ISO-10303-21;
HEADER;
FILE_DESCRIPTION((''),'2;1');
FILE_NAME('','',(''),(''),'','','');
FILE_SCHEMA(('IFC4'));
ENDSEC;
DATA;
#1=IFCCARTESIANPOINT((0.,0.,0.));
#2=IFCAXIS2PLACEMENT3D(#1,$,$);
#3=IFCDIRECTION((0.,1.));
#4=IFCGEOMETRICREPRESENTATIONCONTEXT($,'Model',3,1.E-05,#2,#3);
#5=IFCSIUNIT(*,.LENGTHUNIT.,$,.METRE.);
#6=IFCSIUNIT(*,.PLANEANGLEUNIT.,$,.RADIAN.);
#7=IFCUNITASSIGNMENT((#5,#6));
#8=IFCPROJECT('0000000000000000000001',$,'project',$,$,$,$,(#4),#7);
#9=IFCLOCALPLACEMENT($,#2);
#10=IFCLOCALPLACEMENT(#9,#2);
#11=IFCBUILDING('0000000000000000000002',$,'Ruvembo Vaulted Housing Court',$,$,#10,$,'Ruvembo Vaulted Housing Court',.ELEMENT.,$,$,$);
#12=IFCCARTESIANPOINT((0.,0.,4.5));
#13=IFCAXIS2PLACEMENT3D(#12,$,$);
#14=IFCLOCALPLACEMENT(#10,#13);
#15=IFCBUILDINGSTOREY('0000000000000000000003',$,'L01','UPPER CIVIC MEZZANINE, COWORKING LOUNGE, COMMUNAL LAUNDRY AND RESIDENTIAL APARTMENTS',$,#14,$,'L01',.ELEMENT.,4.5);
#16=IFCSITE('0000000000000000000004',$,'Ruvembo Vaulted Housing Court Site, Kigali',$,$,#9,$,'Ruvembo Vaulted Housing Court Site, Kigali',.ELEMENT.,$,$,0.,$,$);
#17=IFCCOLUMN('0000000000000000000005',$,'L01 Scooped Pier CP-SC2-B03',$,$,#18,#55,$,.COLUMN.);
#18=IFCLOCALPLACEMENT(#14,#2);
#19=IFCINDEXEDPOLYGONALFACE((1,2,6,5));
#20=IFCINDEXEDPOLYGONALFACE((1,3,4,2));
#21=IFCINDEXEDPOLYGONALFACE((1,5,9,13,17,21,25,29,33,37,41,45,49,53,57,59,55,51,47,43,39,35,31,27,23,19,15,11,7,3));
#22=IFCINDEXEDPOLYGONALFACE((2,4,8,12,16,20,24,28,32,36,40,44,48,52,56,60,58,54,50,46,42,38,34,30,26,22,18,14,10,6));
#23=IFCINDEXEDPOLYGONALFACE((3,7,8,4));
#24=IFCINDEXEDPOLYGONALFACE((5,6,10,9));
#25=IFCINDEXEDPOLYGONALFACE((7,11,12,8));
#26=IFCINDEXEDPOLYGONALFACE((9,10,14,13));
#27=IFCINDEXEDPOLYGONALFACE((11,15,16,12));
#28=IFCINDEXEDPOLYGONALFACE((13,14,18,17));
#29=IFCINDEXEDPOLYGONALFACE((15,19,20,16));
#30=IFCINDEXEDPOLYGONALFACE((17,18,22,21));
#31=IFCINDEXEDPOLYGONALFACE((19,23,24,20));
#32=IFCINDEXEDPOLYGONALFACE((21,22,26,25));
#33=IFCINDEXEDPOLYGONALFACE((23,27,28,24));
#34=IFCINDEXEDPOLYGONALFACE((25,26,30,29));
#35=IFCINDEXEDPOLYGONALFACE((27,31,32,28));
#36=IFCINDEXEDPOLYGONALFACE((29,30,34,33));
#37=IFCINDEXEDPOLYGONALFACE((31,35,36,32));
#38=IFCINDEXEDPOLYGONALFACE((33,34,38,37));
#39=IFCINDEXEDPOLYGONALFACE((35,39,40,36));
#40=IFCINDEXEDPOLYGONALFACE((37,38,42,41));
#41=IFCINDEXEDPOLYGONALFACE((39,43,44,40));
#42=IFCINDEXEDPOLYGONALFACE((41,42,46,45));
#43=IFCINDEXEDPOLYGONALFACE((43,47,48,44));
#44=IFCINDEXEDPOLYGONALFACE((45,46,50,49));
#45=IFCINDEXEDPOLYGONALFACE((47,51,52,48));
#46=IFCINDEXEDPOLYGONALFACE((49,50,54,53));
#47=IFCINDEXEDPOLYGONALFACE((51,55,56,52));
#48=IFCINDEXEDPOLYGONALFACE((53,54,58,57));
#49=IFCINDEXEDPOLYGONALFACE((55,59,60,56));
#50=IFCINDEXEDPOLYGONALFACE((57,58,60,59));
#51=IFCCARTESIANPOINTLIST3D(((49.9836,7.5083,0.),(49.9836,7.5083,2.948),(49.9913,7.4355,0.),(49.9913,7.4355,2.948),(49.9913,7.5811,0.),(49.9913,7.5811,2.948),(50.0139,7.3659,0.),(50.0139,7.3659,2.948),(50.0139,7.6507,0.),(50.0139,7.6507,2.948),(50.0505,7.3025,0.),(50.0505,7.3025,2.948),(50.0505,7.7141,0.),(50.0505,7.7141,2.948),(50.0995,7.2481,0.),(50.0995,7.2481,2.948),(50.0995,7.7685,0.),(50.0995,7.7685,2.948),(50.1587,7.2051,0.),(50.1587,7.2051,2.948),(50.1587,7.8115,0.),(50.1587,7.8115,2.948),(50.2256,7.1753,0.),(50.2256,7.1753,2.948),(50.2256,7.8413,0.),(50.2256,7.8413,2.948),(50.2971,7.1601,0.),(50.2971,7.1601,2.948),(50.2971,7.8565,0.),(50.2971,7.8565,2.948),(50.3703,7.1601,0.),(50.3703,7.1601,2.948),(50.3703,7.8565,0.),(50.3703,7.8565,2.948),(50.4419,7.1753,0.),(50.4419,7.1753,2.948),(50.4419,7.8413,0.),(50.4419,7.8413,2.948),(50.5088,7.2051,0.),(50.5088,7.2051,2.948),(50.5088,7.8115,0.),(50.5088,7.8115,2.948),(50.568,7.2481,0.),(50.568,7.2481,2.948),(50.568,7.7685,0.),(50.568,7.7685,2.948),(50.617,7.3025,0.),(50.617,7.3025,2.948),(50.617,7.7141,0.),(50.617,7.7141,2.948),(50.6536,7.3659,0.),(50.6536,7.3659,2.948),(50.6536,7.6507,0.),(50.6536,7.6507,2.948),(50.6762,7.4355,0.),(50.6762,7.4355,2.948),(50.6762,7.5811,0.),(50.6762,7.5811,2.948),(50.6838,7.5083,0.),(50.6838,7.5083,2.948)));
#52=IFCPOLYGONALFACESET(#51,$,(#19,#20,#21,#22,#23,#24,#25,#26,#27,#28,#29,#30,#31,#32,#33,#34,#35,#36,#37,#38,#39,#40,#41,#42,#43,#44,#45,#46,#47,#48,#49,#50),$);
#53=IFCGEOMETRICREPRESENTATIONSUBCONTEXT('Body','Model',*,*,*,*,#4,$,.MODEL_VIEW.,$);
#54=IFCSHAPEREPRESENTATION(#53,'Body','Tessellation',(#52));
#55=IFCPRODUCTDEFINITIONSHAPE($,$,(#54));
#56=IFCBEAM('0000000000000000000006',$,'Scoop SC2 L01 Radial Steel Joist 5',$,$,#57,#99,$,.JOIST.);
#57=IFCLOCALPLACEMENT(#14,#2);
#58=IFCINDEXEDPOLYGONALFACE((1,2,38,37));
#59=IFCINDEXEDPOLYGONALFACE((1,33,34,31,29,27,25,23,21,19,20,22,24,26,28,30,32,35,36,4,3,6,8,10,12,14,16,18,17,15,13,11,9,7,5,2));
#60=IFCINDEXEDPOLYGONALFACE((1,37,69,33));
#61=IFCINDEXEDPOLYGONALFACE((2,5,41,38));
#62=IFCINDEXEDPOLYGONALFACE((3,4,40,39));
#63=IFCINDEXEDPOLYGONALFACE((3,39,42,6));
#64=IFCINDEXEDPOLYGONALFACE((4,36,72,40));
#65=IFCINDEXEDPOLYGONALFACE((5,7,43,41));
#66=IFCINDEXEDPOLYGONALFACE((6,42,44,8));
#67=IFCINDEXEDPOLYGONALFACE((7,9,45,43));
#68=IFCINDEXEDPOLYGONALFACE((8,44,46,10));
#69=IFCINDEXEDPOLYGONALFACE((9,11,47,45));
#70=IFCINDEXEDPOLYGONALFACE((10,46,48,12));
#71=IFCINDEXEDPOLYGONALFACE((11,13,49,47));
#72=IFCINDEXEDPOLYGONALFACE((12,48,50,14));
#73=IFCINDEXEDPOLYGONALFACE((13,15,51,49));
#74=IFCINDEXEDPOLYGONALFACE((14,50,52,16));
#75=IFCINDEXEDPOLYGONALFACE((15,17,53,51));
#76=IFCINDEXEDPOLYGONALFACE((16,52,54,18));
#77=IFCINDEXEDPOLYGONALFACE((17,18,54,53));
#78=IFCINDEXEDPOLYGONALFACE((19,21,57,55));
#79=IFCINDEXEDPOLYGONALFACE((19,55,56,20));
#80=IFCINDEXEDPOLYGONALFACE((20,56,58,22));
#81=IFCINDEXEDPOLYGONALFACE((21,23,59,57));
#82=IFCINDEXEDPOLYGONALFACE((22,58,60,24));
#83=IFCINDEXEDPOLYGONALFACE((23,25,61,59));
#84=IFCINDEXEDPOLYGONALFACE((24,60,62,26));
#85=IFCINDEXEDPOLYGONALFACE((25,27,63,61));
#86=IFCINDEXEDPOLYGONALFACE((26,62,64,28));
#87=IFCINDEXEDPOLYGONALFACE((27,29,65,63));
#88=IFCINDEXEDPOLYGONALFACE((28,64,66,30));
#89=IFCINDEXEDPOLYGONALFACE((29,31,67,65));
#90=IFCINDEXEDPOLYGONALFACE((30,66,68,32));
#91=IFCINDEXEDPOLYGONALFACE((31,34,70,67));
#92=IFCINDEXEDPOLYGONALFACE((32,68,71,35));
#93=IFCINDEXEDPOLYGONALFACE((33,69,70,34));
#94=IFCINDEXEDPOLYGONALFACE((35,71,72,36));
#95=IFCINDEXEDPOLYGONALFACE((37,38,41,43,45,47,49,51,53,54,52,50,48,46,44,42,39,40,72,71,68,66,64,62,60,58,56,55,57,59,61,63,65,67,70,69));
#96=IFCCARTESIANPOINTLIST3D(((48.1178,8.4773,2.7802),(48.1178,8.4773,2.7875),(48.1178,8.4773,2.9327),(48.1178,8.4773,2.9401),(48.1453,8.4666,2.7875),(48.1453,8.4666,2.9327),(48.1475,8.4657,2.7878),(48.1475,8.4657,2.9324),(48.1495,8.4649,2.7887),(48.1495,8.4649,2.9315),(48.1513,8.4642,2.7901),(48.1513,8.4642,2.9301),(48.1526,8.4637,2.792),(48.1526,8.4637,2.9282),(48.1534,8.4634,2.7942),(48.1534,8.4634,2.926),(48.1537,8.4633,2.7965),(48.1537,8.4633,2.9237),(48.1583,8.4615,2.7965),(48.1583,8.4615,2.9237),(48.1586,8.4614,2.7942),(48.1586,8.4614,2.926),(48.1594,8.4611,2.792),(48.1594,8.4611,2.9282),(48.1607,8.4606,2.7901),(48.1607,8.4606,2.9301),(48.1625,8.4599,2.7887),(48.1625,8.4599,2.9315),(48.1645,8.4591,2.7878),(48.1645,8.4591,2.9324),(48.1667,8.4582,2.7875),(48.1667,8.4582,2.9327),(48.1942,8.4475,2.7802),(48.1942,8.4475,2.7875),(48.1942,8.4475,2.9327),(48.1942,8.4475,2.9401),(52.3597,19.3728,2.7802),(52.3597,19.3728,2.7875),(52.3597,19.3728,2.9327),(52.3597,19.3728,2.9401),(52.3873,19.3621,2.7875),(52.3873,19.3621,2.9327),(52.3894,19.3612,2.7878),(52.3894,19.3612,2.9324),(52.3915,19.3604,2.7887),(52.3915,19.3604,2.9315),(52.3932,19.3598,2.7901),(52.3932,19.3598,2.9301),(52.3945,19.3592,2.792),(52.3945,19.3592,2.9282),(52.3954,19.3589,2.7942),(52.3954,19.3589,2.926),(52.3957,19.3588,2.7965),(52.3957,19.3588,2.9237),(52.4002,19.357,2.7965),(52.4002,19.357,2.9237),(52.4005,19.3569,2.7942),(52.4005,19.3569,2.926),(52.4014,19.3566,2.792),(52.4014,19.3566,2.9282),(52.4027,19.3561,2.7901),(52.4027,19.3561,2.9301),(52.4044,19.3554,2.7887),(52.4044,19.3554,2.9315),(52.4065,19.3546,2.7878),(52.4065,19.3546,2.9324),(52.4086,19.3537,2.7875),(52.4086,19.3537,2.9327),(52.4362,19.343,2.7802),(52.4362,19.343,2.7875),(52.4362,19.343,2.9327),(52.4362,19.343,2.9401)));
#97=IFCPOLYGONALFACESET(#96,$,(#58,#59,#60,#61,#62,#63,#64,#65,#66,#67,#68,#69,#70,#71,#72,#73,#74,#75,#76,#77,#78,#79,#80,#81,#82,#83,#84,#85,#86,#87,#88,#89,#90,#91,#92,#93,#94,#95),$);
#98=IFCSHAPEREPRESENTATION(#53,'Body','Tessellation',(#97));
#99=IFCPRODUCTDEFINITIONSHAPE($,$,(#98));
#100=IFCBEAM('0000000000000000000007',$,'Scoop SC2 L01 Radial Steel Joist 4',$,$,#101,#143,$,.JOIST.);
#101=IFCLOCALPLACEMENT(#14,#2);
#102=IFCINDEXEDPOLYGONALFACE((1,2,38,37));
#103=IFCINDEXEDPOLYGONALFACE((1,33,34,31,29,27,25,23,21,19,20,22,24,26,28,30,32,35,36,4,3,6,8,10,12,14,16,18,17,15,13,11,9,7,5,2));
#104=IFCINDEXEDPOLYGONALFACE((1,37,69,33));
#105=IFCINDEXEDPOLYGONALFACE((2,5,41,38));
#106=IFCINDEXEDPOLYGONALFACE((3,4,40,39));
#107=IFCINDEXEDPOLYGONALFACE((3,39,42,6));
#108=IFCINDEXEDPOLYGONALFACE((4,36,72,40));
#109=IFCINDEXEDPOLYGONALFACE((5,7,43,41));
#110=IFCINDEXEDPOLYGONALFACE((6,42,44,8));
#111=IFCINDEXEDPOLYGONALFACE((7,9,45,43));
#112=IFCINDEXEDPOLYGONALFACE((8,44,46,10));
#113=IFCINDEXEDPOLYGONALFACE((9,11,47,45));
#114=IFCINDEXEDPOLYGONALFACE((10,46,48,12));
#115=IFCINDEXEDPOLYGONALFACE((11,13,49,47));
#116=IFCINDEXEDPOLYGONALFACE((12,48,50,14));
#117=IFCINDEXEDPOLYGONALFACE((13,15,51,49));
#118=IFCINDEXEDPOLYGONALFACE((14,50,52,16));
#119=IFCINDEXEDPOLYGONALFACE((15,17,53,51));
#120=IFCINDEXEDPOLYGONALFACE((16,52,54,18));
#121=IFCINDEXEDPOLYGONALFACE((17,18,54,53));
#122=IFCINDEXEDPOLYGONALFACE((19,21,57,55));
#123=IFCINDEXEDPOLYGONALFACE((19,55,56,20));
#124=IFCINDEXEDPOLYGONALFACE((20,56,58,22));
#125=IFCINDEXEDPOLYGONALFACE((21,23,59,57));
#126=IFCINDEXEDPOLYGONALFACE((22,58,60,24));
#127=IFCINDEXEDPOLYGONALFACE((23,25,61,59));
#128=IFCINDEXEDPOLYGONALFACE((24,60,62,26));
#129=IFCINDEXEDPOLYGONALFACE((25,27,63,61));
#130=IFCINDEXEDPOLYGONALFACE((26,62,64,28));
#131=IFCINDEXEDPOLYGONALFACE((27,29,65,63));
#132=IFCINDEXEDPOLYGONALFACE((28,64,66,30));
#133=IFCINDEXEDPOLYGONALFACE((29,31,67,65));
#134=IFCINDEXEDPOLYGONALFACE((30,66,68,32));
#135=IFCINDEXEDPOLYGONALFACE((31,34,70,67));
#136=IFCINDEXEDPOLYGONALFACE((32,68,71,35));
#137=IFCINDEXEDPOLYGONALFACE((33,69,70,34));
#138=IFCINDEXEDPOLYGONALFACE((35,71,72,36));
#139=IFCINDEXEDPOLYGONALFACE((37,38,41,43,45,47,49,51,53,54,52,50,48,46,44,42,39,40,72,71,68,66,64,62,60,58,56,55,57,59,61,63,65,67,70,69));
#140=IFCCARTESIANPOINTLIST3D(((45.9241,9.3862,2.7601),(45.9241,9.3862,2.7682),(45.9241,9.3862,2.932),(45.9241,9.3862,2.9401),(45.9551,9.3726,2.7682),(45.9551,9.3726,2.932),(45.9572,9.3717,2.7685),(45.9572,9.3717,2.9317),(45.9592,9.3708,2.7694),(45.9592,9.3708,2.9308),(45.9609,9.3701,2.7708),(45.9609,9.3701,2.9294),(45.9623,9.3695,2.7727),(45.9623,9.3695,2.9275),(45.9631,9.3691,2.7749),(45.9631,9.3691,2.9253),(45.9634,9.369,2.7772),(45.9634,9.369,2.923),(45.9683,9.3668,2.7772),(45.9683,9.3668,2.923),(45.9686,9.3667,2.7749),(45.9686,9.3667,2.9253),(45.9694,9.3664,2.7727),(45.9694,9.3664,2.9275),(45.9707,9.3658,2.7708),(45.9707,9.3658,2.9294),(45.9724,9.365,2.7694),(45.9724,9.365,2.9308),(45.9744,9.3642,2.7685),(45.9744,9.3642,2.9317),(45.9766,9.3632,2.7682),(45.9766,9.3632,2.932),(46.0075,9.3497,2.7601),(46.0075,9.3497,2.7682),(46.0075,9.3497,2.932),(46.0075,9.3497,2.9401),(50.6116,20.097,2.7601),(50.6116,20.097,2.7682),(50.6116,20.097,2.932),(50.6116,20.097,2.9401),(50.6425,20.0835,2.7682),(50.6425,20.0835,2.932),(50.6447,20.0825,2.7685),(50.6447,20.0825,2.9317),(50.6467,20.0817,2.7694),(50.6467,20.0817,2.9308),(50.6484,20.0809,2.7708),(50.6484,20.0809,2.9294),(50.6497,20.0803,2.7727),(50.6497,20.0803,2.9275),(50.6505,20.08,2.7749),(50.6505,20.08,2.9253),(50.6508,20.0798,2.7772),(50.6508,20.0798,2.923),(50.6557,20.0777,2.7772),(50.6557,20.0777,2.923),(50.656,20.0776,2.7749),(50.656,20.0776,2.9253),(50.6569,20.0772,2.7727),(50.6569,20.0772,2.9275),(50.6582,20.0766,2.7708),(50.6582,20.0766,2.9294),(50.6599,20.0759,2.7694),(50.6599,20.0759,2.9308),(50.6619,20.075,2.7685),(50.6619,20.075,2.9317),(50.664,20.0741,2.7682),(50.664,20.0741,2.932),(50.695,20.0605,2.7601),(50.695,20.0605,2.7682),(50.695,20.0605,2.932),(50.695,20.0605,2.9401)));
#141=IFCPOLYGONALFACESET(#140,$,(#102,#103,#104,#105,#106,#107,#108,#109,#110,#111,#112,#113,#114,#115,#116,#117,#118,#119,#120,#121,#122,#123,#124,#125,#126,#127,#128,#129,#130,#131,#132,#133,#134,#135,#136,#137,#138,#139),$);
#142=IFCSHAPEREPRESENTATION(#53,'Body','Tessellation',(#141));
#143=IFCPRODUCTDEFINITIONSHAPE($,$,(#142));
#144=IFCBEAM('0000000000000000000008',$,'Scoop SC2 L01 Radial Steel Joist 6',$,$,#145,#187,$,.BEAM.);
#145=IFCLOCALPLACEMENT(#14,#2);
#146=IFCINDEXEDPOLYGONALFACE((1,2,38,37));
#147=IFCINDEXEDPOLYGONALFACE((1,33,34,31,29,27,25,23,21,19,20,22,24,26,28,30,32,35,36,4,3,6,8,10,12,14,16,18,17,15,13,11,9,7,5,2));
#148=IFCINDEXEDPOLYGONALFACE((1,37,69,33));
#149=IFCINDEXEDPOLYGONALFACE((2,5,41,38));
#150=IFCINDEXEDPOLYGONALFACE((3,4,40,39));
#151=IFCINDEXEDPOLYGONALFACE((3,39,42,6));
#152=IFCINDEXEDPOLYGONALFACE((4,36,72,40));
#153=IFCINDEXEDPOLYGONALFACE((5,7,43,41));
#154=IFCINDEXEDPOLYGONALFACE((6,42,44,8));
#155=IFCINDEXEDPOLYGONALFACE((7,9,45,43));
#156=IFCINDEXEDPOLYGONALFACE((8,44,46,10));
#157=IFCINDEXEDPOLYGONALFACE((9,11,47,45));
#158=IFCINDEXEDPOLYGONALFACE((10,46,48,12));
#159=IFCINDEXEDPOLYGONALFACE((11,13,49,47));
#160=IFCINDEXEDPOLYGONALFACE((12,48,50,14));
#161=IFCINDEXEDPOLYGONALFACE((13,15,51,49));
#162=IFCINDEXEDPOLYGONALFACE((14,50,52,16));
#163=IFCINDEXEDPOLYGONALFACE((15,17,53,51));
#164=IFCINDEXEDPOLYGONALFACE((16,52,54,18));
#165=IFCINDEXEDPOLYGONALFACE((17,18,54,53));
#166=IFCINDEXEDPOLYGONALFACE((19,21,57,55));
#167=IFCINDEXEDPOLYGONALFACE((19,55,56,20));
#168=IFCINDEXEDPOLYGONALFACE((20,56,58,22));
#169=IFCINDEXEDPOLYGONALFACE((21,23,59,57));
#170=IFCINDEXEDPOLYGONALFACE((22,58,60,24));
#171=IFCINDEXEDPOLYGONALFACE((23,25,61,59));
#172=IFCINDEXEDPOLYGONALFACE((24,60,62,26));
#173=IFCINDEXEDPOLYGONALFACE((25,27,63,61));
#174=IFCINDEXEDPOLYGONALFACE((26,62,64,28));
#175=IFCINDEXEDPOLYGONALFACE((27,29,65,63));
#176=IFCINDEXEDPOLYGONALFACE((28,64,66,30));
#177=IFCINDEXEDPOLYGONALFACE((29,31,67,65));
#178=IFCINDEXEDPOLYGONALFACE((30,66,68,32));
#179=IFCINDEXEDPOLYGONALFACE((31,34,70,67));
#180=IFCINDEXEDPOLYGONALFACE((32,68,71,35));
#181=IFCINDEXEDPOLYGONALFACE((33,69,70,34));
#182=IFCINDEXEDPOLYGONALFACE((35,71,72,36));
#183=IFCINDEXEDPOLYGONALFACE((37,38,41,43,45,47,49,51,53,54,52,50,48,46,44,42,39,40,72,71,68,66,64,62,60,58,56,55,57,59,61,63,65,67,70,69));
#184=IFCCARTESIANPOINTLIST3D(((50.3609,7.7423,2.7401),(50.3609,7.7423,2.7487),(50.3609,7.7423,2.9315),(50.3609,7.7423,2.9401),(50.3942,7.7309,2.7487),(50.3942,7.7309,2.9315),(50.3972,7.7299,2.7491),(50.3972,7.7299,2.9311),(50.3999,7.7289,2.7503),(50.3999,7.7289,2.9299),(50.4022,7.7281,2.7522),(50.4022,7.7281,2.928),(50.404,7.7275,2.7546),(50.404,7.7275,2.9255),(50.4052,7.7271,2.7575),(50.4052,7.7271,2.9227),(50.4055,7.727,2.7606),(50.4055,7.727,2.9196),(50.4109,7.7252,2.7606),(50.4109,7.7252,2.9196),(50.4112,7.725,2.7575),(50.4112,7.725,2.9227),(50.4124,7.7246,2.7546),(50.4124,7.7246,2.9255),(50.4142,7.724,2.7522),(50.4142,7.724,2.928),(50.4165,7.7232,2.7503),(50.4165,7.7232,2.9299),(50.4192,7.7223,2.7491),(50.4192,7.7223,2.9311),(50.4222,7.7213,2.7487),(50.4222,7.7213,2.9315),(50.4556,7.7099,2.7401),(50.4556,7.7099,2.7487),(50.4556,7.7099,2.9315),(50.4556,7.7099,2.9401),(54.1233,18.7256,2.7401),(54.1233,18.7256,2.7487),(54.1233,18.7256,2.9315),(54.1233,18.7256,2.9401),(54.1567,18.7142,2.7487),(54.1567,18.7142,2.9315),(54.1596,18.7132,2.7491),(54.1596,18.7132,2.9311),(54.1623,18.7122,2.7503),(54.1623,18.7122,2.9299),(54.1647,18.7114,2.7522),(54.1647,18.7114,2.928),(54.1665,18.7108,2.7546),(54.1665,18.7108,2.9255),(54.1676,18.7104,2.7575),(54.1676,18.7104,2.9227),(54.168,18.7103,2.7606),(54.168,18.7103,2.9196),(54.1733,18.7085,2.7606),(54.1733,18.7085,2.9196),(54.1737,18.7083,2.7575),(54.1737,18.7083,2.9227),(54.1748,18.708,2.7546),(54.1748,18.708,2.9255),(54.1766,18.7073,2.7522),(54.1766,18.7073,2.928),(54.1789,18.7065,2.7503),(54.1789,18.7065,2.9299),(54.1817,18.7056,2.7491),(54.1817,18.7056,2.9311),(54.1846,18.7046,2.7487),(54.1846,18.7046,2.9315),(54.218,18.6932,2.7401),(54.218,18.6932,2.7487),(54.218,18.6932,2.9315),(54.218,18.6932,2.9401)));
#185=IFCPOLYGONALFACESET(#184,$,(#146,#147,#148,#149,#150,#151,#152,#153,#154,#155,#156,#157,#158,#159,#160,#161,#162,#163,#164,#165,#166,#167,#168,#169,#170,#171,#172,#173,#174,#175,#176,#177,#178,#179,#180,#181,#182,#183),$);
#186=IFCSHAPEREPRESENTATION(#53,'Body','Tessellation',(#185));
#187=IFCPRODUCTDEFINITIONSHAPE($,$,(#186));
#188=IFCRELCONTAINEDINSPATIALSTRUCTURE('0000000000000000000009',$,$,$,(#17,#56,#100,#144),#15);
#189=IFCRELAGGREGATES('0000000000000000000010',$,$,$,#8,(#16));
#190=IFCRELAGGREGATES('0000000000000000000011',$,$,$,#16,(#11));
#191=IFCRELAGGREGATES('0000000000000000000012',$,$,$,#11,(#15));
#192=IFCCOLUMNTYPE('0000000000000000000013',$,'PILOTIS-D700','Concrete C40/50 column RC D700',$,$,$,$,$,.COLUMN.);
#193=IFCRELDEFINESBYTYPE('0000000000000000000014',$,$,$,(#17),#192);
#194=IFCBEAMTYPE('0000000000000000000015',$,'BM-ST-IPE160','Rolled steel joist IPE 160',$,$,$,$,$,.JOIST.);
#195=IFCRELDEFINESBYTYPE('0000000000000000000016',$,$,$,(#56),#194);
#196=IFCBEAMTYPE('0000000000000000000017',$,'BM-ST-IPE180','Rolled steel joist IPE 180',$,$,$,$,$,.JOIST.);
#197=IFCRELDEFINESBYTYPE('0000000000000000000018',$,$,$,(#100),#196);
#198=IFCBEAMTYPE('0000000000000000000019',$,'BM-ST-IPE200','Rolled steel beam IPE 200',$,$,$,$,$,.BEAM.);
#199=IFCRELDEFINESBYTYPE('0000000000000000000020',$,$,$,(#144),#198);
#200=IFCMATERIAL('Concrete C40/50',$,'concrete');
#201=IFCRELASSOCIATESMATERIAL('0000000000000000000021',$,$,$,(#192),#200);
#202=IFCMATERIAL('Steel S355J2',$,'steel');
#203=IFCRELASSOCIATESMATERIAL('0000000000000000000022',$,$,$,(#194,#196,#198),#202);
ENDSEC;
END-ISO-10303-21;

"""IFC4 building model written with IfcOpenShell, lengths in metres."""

from ifc_helpers import new_model, si_unit, direction, frame, origin, origin_2d, place, context, subcontext, project, spatial, circle, i_section, extrude, material, material_profile, profile_set, type_object, element, save


model = new_model("IFC4")

# Units and contexts
model_context = context("Model", 3, precision=1e-05, world=origin(), true_north=direction((0.0, 1.0)))
body_context = subcontext(model_context, "Body", "Model", "MODEL_VIEW")
ifc_project = project(units=[si_unit("LENGTHUNIT", "METRE"), si_unit("PLANEANGLEUNIT", "RADIAN")], contexts=[model_context])

# Site, building, storey
site_placement = place(None, origin())
site = spatial("IfcSite", under=ifc_project, at=site_placement, Name="Ruvembo Vaulted Housing Court Site, Kigali", LongName="Ruvembo Vaulted Housing Court Site, Kigali", CompositionType="ELEMENT", RefElevation=0.0)
building_placement = place(site_placement, origin())
building = spatial("IfcBuilding", under=site, at=building_placement, Name="Ruvembo Vaulted Housing Court", LongName="Ruvembo Vaulted Housing Court", CompositionType="ELEMENT")
storey_placement = place(building_placement, frame((0.0, 0.0, 4.5)))
storey = spatial("IfcBuildingStorey", under=building, at=storey_placement, Name="L01", Description="UPPER CIVIC MEZZANINE, COWORKING LOUNGE, COMMUNAL LAUNDRY AND RESIDENTIAL APARTMENTS", LongName="L01", CompositionType="ELEMENT", Elevation=4.5)

# Column
ifc_material_1 = material(Name="Concrete C40/50", Category="concrete")
ifc_material_profile_1 = material_profile(ifc_material_1, circle(Radius=0.3501, at=origin_2d()), Name="RC D700")
ifc_profile_set_1 = profile_set([ifc_material_profile_1], Name="Concrete C40/50")
column_type = type_object("IfcColumnType", Name="PILOTIS-D700", Description="Concrete C40/50 column RC D700", PredefinedType="COLUMN", material=ifc_profile_set_1)
column_placement = place(storey_placement, frame((50.3337, 7.5083, 0.0), z_axis=(0.0, 0.0, 1.0), x_axis=(1.0, 0.0, 0.0)))
element("IfcColumn", 1, at=column_placement, inside=storey, type_object=column_type, Name="L01 Scooped Pier CP-SC2-B03", PredefinedType="COLUMN", context=body_context, shape_type="SweptSolid", body=[
    extrude(circle(Radius=0.3501, at=origin_2d()), origin(), (0.0, 0.0, 1.0), 2.948),
])

# Beams
ifc_material_2 = material(Name="Steel S355J2", Category="steel")
ifc_material_profile_2 = material_profile(ifc_material_2, i_section(OverallWidth=0.082, OverallDepth=0.1599, WebThickness=0.0049, FlangeThickness=0.0073, FilletRadius=0.009, at=origin_2d()), Name="IPE 160")
ifc_profile_set_2 = profile_set([ifc_material_profile_2], Name="Steel S355J2")
beam_type_1 = type_object("IfcBeamType", Name="BM-ST-IPE160", Description="Rolled steel joist IPE 160", PredefinedType="JOIST", material=ifc_profile_set_2)
beam_1_placement = place(storey_placement, frame((48.156, 8.4624, 2.8601), z_axis=(0.362803, 0.931866, 0.0), x_axis=(-0.931866, 0.362803, 0.0)))
element("IfcBeam", 2, at=beam_1_placement, inside=storey, type_object=beam_type_1, Name="Scoop SC2 L01 Radial Steel Joist 5", PredefinedType="JOIST", context=body_context, shape_type="SweptSolid", body=[
    extrude(i_section(OverallWidth=0.082, OverallDepth=0.1599, WebThickness=0.0049, FlangeThickness=0.0073, FilletRadius=0.009, at=origin_2d()), origin(), (0.0, 0.0, 1.0), 11.6921),
])
ifc_material_profile_3 = material_profile(ifc_material_2, i_section(OverallWidth=0.0911, OverallDepth=0.1799, WebThickness=0.0054, FlangeThickness=0.0081, FilletRadius=0.009, at=origin_2d()), Name="IPE 180")
ifc_profile_set_3 = profile_set([ifc_material_profile_3], Name="Steel S355J2")
beam_type_2 = type_object("IfcBeamType", Name="BM-ST-IPE180", Description="Rolled steel joist IPE 180", PredefinedType="JOIST", material=ifc_profile_set_3)
beam_2_placement = place(storey_placement, frame((45.9658, 9.3679, 2.8501), z_axis=(0.400924, 0.916111, 0.0), x_axis=(-0.916111, 0.400924, 0.0)))
element("IfcBeam", 3, at=beam_2_placement, inside=storey, type_object=beam_type_2, Name="Scoop SC2 L01 Radial Steel Joist 4", PredefinedType="JOIST", context=body_context, shape_type="SweptSolid", body=[
    extrude(i_section(OverallWidth=0.0911, OverallDepth=0.1799, WebThickness=0.0054, FlangeThickness=0.0081, FilletRadius=0.009, at=origin_2d()), origin(), (0.0, 0.0, 1.0), 11.6917),
])
ifc_material_profile_4 = material_profile(ifc_material_2, i_section(OverallWidth=0.1001, OverallDepth=0.2, WebThickness=0.0056, FlangeThickness=0.0085, FilletRadius=0.012, at=origin_2d()), Name="IPE 200")
ifc_profile_set_4 = profile_set([ifc_material_profile_4], Name="Steel S355J2")
beam_type_3 = type_object("IfcBeamType", Name="BM-ST-IPE200", Description="Rolled steel beam IPE 200", PredefinedType="BEAM", material=ifc_profile_set_4)
beam_3_placement = place(storey_placement, frame((50.4082, 7.7261, 2.8401), z_axis=(0.324071, 0.946033, 0.0), x_axis=(-0.946033, 0.324071, 0.0)))
element("IfcBeam", 4, at=beam_3_placement, inside=storey, type_object=beam_type_3, Name="Scoop SC2 L01 Radial Steel Joist 6", PredefinedType="BEAM", context=body_context, shape_type="SweptSolid", body=[
    extrude(i_section(OverallWidth=0.1001, OverallDepth=0.2, WebThickness=0.0056, FlangeThickness=0.0085, FilletRadius=0.012, at=origin_2d()), origin(), (0.0, 0.0, 1.0), 11.6099),
])

save(model, "model.ifc")
